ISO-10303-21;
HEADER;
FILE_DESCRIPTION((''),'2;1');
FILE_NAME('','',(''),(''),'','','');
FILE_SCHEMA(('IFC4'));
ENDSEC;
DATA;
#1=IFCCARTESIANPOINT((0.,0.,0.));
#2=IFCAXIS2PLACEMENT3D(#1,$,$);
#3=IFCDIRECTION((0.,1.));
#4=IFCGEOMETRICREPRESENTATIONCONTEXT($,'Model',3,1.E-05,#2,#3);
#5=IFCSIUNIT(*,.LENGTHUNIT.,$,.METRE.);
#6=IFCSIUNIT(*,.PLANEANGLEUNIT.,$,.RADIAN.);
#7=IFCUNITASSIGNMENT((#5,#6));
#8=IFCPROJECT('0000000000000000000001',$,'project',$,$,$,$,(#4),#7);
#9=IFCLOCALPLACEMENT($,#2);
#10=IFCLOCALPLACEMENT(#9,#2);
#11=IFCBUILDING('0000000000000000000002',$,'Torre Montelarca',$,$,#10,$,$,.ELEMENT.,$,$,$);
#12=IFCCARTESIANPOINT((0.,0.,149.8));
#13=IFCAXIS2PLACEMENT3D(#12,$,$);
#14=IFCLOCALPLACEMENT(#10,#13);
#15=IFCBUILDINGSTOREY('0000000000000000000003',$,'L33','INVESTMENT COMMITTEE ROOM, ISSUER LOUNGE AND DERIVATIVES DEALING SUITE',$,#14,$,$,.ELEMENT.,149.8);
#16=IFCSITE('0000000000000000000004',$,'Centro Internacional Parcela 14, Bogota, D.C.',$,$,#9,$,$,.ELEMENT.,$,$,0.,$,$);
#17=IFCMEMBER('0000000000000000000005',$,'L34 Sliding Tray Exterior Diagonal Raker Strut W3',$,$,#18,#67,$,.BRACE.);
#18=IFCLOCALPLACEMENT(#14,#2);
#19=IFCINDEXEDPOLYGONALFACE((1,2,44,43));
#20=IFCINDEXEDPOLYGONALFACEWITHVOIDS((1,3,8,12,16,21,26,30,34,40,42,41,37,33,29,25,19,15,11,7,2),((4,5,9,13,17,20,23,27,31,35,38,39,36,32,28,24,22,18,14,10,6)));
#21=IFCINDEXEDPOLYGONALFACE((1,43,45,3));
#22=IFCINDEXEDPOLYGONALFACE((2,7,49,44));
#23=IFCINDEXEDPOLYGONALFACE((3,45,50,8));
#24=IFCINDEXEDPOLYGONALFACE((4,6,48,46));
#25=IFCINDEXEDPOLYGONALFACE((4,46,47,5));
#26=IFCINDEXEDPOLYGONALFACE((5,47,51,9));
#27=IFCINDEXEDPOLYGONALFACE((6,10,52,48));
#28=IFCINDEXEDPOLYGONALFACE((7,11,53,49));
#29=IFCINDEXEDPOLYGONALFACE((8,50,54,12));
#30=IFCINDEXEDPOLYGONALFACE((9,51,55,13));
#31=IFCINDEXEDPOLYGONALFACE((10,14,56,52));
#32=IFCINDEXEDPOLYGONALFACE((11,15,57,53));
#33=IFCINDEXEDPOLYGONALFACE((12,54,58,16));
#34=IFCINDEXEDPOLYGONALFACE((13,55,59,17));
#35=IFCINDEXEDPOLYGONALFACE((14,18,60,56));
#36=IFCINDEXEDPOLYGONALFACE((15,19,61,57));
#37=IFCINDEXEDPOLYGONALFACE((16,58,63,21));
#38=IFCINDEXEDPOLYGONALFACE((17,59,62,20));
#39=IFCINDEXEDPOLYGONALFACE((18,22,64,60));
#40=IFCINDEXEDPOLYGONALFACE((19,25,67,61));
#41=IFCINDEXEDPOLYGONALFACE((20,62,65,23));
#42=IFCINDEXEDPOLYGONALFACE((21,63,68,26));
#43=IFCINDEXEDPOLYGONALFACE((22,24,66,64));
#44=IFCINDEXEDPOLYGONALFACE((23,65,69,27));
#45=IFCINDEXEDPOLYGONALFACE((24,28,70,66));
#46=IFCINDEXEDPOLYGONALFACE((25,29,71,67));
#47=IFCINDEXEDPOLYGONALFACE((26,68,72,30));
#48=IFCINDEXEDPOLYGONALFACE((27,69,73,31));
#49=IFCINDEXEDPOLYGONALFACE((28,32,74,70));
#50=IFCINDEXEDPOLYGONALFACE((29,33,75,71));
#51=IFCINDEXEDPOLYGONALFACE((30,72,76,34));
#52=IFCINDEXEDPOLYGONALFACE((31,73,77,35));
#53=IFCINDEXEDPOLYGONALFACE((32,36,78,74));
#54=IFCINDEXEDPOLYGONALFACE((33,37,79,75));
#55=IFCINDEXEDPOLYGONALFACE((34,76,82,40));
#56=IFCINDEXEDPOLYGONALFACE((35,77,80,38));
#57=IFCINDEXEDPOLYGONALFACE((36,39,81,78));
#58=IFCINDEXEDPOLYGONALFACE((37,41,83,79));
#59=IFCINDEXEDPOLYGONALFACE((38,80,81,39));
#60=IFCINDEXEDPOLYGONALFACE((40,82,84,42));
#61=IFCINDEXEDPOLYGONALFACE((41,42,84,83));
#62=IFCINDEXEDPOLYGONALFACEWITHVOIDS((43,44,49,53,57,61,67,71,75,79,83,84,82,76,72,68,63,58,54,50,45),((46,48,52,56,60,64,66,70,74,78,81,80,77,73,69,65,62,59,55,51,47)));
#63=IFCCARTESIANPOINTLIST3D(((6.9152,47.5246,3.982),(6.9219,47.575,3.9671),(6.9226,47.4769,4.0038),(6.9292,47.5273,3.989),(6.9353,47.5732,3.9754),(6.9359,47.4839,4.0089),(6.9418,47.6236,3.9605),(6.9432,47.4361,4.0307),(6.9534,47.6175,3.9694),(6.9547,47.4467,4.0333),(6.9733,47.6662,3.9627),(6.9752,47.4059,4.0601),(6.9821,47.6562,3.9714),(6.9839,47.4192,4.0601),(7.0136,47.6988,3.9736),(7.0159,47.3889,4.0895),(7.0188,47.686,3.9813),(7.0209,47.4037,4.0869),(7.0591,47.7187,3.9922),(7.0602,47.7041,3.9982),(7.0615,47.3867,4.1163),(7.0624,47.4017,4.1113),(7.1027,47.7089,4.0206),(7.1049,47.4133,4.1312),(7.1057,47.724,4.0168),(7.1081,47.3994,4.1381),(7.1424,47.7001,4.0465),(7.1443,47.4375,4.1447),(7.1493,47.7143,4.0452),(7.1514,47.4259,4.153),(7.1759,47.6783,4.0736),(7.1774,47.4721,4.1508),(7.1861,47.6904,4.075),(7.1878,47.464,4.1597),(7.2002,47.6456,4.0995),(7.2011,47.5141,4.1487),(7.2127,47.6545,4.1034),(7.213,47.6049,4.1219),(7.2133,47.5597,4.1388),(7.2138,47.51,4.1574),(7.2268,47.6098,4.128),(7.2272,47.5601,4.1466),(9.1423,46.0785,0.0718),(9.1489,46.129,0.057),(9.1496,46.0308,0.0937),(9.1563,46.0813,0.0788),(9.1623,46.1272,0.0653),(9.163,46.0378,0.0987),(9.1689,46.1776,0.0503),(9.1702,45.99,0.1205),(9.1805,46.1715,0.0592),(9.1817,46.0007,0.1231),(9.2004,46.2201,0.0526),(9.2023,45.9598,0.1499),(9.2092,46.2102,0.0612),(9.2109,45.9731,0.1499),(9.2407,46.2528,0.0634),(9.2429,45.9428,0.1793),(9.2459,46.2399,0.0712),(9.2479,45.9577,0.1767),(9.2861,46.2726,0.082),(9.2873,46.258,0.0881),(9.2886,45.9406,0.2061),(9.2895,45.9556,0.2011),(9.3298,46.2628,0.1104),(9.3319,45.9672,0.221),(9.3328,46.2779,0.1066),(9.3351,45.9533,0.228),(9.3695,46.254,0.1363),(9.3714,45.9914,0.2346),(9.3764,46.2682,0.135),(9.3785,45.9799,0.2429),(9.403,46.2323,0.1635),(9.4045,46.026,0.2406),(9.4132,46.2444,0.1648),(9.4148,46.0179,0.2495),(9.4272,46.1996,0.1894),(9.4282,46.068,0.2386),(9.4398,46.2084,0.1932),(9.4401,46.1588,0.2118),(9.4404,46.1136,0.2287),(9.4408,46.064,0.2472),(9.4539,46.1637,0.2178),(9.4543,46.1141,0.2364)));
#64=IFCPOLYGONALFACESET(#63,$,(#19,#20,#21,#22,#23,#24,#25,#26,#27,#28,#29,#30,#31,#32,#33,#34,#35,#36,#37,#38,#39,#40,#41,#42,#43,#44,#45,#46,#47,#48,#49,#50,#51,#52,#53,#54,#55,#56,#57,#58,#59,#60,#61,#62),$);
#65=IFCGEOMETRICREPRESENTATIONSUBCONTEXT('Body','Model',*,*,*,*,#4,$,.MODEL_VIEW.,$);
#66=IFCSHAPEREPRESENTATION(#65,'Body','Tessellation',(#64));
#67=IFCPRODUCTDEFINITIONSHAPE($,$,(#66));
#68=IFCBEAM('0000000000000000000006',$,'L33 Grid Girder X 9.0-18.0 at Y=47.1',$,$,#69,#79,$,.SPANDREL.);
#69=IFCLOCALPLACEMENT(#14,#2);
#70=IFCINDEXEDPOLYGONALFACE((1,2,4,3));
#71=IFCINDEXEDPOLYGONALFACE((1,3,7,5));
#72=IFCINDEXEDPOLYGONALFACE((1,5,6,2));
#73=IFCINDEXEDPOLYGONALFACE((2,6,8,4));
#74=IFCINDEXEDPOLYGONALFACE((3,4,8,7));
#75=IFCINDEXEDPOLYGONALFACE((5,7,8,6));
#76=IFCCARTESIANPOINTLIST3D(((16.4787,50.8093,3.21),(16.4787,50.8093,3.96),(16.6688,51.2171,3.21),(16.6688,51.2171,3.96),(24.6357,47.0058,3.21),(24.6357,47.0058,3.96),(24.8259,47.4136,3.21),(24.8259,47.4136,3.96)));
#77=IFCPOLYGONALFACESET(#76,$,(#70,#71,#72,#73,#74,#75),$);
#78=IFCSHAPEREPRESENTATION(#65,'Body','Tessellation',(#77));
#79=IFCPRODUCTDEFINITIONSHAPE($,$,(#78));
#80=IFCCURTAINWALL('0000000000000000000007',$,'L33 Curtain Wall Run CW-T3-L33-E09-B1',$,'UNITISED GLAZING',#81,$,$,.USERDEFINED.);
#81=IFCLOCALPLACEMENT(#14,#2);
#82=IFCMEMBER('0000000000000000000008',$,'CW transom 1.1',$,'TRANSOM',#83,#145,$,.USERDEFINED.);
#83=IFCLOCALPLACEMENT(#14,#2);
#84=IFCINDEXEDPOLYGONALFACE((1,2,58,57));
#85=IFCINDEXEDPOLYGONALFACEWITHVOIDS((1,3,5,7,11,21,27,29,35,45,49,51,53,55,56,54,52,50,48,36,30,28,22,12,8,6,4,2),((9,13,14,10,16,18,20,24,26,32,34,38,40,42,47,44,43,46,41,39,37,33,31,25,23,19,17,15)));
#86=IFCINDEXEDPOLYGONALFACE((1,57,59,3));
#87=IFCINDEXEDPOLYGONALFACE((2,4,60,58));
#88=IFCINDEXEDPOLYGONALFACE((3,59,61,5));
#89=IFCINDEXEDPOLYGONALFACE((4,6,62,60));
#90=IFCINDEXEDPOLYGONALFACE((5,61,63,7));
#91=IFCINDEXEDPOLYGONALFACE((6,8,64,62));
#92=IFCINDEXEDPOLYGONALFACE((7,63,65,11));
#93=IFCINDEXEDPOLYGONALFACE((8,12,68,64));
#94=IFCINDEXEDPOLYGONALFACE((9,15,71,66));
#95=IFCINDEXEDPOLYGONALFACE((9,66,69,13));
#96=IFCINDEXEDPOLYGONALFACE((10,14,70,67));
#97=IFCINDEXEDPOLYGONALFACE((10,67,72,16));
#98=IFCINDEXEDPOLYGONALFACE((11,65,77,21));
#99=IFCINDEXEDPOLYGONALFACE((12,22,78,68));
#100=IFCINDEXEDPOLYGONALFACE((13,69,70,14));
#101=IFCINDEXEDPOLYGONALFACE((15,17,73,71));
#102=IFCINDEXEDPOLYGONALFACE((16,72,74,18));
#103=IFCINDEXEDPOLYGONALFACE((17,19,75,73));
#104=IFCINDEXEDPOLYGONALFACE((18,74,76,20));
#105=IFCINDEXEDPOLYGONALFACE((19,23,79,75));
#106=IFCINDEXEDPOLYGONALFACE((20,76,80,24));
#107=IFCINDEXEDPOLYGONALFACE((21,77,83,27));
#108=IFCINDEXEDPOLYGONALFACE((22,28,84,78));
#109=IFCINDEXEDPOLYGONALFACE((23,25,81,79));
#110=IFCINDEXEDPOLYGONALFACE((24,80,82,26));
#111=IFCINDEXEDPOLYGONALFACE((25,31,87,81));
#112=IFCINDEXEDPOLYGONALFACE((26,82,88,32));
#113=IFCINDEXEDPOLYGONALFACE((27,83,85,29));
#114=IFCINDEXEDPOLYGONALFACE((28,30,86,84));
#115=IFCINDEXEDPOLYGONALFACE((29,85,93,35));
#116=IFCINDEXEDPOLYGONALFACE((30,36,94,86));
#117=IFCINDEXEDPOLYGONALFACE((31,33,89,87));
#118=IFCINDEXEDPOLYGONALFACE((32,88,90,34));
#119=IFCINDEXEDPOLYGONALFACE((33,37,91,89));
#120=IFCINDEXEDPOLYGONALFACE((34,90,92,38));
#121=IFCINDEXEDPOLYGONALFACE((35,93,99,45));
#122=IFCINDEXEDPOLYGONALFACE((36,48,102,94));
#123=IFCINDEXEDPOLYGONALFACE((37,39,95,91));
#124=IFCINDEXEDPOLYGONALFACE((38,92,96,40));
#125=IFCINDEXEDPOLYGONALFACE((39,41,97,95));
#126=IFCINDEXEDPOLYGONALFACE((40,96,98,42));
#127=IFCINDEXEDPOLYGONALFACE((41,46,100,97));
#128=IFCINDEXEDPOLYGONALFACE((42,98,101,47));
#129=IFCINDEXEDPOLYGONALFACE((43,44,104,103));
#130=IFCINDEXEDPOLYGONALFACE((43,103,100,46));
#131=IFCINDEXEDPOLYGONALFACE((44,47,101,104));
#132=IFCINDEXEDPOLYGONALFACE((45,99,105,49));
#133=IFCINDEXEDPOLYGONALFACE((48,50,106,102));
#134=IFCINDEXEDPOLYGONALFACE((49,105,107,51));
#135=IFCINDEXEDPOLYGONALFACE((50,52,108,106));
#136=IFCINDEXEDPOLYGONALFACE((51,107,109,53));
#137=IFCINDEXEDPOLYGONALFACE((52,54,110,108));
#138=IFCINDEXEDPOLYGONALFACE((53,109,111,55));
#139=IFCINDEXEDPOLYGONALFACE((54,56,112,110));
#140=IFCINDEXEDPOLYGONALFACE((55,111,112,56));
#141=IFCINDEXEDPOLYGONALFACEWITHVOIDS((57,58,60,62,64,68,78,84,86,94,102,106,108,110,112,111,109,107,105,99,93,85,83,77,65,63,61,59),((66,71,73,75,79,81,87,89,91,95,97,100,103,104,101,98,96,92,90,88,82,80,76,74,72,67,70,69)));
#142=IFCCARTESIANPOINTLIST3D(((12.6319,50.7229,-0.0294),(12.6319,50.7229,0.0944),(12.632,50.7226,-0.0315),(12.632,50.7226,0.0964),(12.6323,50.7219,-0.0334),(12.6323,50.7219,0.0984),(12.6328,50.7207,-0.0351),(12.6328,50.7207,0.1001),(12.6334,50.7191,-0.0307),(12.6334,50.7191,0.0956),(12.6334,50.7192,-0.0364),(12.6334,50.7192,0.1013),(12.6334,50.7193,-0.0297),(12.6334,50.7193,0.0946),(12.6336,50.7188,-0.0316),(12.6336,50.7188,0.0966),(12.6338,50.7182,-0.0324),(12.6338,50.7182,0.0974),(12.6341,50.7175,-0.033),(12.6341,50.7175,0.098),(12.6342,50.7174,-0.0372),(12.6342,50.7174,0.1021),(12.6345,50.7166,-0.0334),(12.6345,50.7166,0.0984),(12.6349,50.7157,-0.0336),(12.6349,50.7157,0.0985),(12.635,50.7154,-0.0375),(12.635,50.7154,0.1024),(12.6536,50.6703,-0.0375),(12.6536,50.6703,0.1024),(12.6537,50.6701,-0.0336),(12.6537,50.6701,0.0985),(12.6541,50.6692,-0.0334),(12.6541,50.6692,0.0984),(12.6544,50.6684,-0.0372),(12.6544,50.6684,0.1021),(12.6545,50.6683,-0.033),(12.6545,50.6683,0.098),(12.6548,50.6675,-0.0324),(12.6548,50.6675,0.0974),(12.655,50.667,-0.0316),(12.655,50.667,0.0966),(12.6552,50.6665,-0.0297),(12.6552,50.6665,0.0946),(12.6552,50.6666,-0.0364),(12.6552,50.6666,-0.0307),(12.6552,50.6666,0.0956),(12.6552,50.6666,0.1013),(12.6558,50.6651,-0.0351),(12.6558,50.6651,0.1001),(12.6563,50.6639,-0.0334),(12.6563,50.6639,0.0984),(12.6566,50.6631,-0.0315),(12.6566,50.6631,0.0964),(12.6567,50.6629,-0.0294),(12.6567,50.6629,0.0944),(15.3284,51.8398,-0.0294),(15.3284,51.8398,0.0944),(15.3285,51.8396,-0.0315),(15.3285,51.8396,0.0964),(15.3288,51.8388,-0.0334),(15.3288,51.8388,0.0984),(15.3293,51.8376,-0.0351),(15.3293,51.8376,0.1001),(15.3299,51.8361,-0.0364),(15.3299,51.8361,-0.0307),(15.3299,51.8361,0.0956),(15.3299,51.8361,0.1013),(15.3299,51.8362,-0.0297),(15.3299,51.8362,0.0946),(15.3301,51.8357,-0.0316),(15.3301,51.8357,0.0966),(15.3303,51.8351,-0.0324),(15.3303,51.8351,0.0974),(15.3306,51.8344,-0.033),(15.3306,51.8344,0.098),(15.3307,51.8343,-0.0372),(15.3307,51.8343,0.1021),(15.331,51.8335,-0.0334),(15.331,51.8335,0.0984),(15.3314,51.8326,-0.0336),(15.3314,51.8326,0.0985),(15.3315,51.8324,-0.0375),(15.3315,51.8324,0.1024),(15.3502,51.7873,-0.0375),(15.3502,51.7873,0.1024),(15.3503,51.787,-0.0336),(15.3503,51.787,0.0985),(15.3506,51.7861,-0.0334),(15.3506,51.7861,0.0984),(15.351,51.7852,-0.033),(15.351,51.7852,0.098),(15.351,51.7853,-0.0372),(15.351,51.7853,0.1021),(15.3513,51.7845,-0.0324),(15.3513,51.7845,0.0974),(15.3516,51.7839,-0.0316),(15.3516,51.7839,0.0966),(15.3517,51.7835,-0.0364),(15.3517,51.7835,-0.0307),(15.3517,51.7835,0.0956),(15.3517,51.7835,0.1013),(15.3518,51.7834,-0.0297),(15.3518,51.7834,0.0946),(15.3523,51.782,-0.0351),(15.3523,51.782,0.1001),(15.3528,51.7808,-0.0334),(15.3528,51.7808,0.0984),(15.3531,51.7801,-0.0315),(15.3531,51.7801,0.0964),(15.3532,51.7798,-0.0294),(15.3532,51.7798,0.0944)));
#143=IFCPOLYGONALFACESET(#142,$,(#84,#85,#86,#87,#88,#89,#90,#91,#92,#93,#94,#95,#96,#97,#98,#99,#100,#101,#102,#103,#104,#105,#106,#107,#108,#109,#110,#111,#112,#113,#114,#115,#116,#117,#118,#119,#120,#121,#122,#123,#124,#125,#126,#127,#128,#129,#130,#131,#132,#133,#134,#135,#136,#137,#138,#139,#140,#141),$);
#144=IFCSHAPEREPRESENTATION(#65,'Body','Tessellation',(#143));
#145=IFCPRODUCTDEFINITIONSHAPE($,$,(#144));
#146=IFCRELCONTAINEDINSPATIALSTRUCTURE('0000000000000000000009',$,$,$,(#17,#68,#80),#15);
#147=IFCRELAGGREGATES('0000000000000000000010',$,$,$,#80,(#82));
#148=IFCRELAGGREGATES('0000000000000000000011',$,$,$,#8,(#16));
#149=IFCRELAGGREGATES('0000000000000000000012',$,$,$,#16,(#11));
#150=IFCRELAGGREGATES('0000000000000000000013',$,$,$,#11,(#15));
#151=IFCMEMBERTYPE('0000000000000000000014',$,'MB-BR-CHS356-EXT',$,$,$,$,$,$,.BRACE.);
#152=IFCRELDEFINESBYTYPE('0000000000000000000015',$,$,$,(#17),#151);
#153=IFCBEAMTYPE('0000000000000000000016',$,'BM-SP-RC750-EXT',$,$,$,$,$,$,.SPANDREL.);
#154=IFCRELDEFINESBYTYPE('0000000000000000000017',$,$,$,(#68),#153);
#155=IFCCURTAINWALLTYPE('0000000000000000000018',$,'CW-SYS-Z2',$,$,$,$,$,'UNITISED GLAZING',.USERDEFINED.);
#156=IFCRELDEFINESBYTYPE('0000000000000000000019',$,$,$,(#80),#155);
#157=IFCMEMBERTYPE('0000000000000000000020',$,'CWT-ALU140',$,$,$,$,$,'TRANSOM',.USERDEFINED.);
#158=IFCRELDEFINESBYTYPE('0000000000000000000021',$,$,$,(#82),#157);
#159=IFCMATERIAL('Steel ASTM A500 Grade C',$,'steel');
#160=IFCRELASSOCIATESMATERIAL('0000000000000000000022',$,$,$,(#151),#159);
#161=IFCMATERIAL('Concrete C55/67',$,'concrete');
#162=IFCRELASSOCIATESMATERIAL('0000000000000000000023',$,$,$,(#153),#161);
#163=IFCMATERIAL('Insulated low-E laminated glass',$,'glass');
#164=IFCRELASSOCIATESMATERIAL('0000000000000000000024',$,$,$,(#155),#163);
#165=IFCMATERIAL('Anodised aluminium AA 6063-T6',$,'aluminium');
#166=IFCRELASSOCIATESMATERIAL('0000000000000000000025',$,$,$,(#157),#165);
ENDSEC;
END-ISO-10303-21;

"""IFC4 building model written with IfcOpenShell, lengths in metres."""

from ifc_helpers import new_model, si_unit, direction, frame, origin, origin_2d, place, context, subcontext, project, spatial, rectangle, hollow_rectangle, hollow_circle, extrude, source, transform, mapped, material, material_profile, profile_set, type_object, element, aggregate, save


model = new_model("IFC4")

# Units and contexts
model_context = context("Model", 3, precision=1e-05, world=origin(), true_north=direction((0.0, 1.0)))
body_context = subcontext(model_context, "Body", "Model", "MODEL_VIEW")
ifc_project = project(units=[si_unit("LENGTHUNIT", "METRE"), si_unit("PLANEANGLEUNIT", "RADIAN")], contexts=[model_context])

# Site, building, storey
site_placement = place(None, origin())
site = spatial("IfcSite", under=ifc_project, at=site_placement, Name="Centro Internacional Parcela 14, Bogota, D.C.", CompositionType="ELEMENT", RefElevation=0.0)
building_placement = place(site_placement, origin())
building = spatial("IfcBuilding", under=site, at=building_placement, Name="Torre Montelarca", CompositionType="ELEMENT")
storey_placement = place(building_placement, frame((0.0, 0.0, 149.8)))
storey = spatial("IfcBuildingStorey", under=building, at=storey_placement, Name="L33", Description="INVESTMENT COMMITTEE ROOM, ISSUER LOUNGE AND DERIVATIVES DEALING SUITE", CompositionType="ELEMENT", Elevation=149.8)

# Shared definitions
ifc_material_1 = material(Name="Concrete C55/67", Category="concrete")

# Member
ifc_material_2 = material(Name="Steel ASTM A500 Grade C", Category="steel")
ifc_material_profile_1 = material_profile(ifc_material_2, hollow_circle(Radius=0.1777, WallThickness=0.0159, at=origin_2d()), Name="HSS355.6X15.9", Category="steel")
ifc_profile_set_1 = profile_set([ifc_material_profile_1], Name="Steel ASTM A500 Grade C")
member_type_1 = type_object("IfcMemberType", Name="MB-BR-CHS356-EXT", PredefinedType="BRACE", material=ifc_profile_set_1)
shared_shape_1 = source(origin(), body_context, "Body", "SweptSolid", [
    extrude(hollow_circle(Radius=0.1777, WallThickness=0.0159, at=origin_2d()), origin(), (0.0, 0.0, 1.0), 4.7266),
])
member_1_placement = place(storey_placement, frame((9.2991, 46.1089, 0.1499), z_axis=(-0.471181, 0.305942, 0.827278), x_axis=(-0.544581, -0.838708, 0.0)))
element("IfcMember", 1, at=member_1_placement, inside=storey, type_object=member_type_1, Name="L34 Sliding Tray Exterior Diagonal Raker Strut W3", PredefinedType="BRACE", context=body_context, shape_type="MappedRepresentation", body=[
    mapped(shared_shape_1, transform((0.0, 0.0, 0.0), scale=1.0)),
])

# Beam
ifc_material_profile_2 = material_profile(ifc_material_1, rectangle(XDim=0.45, YDim=0.75, at=origin_2d()), Name="RCB450X750", Category="concrete")
ifc_profile_set_2 = profile_set([ifc_material_profile_2], Name="Concrete C55/67")
beam_type = type_object("IfcBeamType", Name="BM-SP-RC750-EXT", PredefinedType="SPANDREL", material=ifc_profile_set_2)
shared_shape_2 = source(origin(), body_context, "Body", "SweptSolid", [
    extrude(rectangle(XDim=0.45, YDim=0.75, at=origin_2d()), origin(), (0.0, 0.0, 1.0), 9.0002),
])
beam_placement = place(storey_placement, frame((16.5737, 51.0132, 3.585), z_axis=(0.906316, -0.4226, 0.0), x_axis=(0.4226, 0.906316, 0.0)))
element("IfcBeam", 2, at=beam_placement, inside=storey, type_object=beam_type, Name="L33 Grid Girder X 9.0-18.0 at Y=47.1", PredefinedType="SPANDREL", context=body_context, shape_type="MappedRepresentation", body=[
    mapped(shared_shape_2, transform((0.0, 0.0, 0.0), scale=1.0)),
])

# Curtain wall, member
ifc_material_3 = material(Name="Insulated low-E laminated glass", Category="glass")
curtain_wall_type = type_object("IfcCurtainWallType", Name="CW-SYS-Z2", ElementType="UNITISED GLAZING", PredefinedType="USERDEFINED", material=ifc_material_3)
curtain_wall_1_placement = place(storey_placement, origin())
curtain_wall_1 = element("IfcCurtainWall", 3, at=curtain_wall_1_placement, inside=storey, type_object=curtain_wall_type, Name="L33 Curtain Wall Run CW-T3-L33-E09-B1", ObjectType="UNITISED GLAZING", PredefinedType="USERDEFINED")
ifc_material_4 = material(Name="Anodised aluminium AA 6063-T6", Category="aluminium")
ifc_material_profile_3 = material_profile(ifc_material_4, hollow_rectangle(XDim=0.0649, YDim=0.1399, WallThickness=0.0039, InnerFilletRadius=0.0039, OuterFilletRadius=0.0081, at=origin_2d()), Name="ALU65X140X4", Category="aluminium")
ifc_profile_set_3 = profile_set([ifc_material_profile_3], Name="Anodised aluminium AA 6063-T6")
member_type_2 = type_object("IfcMemberType", Name="CWT-ALU140", ElementType="TRANSOM", PredefinedType="USERDEFINED", material=ifc_profile_set_3)
shared_shape_3 = source(origin(), body_context, "Body", "SweptSolid", [
    extrude(hollow_rectangle(XDim=0.0649, YDim=0.1399, WallThickness=0.0039, InnerFilletRadius=0.0039, OuterFilletRadius=0.0081, at=origin_2d()), origin(), (0.0, 0.0, 1.0), 2.9187),
])
member_2_placement = place(storey_placement, frame((15.3408, 51.8098, 0.0325), z_axis=(-0.923879, -0.382684, 0.0), x_axis=(0.382684, -0.923879, 0.0)))
member_2 = element("IfcMember", 4, at=member_2_placement, type_object=member_type_2, Name="CW transom 1.1", ObjectType="TRANSOM", PredefinedType="USERDEFINED", context=body_context, shape_type="MappedRepresentation", body=[
    mapped(shared_shape_3, transform((0.0, 0.0, 0.0), scale=1.0)),
])

aggregate(curtain_wall_1, [member_2])

save(model, "model.ifc")
